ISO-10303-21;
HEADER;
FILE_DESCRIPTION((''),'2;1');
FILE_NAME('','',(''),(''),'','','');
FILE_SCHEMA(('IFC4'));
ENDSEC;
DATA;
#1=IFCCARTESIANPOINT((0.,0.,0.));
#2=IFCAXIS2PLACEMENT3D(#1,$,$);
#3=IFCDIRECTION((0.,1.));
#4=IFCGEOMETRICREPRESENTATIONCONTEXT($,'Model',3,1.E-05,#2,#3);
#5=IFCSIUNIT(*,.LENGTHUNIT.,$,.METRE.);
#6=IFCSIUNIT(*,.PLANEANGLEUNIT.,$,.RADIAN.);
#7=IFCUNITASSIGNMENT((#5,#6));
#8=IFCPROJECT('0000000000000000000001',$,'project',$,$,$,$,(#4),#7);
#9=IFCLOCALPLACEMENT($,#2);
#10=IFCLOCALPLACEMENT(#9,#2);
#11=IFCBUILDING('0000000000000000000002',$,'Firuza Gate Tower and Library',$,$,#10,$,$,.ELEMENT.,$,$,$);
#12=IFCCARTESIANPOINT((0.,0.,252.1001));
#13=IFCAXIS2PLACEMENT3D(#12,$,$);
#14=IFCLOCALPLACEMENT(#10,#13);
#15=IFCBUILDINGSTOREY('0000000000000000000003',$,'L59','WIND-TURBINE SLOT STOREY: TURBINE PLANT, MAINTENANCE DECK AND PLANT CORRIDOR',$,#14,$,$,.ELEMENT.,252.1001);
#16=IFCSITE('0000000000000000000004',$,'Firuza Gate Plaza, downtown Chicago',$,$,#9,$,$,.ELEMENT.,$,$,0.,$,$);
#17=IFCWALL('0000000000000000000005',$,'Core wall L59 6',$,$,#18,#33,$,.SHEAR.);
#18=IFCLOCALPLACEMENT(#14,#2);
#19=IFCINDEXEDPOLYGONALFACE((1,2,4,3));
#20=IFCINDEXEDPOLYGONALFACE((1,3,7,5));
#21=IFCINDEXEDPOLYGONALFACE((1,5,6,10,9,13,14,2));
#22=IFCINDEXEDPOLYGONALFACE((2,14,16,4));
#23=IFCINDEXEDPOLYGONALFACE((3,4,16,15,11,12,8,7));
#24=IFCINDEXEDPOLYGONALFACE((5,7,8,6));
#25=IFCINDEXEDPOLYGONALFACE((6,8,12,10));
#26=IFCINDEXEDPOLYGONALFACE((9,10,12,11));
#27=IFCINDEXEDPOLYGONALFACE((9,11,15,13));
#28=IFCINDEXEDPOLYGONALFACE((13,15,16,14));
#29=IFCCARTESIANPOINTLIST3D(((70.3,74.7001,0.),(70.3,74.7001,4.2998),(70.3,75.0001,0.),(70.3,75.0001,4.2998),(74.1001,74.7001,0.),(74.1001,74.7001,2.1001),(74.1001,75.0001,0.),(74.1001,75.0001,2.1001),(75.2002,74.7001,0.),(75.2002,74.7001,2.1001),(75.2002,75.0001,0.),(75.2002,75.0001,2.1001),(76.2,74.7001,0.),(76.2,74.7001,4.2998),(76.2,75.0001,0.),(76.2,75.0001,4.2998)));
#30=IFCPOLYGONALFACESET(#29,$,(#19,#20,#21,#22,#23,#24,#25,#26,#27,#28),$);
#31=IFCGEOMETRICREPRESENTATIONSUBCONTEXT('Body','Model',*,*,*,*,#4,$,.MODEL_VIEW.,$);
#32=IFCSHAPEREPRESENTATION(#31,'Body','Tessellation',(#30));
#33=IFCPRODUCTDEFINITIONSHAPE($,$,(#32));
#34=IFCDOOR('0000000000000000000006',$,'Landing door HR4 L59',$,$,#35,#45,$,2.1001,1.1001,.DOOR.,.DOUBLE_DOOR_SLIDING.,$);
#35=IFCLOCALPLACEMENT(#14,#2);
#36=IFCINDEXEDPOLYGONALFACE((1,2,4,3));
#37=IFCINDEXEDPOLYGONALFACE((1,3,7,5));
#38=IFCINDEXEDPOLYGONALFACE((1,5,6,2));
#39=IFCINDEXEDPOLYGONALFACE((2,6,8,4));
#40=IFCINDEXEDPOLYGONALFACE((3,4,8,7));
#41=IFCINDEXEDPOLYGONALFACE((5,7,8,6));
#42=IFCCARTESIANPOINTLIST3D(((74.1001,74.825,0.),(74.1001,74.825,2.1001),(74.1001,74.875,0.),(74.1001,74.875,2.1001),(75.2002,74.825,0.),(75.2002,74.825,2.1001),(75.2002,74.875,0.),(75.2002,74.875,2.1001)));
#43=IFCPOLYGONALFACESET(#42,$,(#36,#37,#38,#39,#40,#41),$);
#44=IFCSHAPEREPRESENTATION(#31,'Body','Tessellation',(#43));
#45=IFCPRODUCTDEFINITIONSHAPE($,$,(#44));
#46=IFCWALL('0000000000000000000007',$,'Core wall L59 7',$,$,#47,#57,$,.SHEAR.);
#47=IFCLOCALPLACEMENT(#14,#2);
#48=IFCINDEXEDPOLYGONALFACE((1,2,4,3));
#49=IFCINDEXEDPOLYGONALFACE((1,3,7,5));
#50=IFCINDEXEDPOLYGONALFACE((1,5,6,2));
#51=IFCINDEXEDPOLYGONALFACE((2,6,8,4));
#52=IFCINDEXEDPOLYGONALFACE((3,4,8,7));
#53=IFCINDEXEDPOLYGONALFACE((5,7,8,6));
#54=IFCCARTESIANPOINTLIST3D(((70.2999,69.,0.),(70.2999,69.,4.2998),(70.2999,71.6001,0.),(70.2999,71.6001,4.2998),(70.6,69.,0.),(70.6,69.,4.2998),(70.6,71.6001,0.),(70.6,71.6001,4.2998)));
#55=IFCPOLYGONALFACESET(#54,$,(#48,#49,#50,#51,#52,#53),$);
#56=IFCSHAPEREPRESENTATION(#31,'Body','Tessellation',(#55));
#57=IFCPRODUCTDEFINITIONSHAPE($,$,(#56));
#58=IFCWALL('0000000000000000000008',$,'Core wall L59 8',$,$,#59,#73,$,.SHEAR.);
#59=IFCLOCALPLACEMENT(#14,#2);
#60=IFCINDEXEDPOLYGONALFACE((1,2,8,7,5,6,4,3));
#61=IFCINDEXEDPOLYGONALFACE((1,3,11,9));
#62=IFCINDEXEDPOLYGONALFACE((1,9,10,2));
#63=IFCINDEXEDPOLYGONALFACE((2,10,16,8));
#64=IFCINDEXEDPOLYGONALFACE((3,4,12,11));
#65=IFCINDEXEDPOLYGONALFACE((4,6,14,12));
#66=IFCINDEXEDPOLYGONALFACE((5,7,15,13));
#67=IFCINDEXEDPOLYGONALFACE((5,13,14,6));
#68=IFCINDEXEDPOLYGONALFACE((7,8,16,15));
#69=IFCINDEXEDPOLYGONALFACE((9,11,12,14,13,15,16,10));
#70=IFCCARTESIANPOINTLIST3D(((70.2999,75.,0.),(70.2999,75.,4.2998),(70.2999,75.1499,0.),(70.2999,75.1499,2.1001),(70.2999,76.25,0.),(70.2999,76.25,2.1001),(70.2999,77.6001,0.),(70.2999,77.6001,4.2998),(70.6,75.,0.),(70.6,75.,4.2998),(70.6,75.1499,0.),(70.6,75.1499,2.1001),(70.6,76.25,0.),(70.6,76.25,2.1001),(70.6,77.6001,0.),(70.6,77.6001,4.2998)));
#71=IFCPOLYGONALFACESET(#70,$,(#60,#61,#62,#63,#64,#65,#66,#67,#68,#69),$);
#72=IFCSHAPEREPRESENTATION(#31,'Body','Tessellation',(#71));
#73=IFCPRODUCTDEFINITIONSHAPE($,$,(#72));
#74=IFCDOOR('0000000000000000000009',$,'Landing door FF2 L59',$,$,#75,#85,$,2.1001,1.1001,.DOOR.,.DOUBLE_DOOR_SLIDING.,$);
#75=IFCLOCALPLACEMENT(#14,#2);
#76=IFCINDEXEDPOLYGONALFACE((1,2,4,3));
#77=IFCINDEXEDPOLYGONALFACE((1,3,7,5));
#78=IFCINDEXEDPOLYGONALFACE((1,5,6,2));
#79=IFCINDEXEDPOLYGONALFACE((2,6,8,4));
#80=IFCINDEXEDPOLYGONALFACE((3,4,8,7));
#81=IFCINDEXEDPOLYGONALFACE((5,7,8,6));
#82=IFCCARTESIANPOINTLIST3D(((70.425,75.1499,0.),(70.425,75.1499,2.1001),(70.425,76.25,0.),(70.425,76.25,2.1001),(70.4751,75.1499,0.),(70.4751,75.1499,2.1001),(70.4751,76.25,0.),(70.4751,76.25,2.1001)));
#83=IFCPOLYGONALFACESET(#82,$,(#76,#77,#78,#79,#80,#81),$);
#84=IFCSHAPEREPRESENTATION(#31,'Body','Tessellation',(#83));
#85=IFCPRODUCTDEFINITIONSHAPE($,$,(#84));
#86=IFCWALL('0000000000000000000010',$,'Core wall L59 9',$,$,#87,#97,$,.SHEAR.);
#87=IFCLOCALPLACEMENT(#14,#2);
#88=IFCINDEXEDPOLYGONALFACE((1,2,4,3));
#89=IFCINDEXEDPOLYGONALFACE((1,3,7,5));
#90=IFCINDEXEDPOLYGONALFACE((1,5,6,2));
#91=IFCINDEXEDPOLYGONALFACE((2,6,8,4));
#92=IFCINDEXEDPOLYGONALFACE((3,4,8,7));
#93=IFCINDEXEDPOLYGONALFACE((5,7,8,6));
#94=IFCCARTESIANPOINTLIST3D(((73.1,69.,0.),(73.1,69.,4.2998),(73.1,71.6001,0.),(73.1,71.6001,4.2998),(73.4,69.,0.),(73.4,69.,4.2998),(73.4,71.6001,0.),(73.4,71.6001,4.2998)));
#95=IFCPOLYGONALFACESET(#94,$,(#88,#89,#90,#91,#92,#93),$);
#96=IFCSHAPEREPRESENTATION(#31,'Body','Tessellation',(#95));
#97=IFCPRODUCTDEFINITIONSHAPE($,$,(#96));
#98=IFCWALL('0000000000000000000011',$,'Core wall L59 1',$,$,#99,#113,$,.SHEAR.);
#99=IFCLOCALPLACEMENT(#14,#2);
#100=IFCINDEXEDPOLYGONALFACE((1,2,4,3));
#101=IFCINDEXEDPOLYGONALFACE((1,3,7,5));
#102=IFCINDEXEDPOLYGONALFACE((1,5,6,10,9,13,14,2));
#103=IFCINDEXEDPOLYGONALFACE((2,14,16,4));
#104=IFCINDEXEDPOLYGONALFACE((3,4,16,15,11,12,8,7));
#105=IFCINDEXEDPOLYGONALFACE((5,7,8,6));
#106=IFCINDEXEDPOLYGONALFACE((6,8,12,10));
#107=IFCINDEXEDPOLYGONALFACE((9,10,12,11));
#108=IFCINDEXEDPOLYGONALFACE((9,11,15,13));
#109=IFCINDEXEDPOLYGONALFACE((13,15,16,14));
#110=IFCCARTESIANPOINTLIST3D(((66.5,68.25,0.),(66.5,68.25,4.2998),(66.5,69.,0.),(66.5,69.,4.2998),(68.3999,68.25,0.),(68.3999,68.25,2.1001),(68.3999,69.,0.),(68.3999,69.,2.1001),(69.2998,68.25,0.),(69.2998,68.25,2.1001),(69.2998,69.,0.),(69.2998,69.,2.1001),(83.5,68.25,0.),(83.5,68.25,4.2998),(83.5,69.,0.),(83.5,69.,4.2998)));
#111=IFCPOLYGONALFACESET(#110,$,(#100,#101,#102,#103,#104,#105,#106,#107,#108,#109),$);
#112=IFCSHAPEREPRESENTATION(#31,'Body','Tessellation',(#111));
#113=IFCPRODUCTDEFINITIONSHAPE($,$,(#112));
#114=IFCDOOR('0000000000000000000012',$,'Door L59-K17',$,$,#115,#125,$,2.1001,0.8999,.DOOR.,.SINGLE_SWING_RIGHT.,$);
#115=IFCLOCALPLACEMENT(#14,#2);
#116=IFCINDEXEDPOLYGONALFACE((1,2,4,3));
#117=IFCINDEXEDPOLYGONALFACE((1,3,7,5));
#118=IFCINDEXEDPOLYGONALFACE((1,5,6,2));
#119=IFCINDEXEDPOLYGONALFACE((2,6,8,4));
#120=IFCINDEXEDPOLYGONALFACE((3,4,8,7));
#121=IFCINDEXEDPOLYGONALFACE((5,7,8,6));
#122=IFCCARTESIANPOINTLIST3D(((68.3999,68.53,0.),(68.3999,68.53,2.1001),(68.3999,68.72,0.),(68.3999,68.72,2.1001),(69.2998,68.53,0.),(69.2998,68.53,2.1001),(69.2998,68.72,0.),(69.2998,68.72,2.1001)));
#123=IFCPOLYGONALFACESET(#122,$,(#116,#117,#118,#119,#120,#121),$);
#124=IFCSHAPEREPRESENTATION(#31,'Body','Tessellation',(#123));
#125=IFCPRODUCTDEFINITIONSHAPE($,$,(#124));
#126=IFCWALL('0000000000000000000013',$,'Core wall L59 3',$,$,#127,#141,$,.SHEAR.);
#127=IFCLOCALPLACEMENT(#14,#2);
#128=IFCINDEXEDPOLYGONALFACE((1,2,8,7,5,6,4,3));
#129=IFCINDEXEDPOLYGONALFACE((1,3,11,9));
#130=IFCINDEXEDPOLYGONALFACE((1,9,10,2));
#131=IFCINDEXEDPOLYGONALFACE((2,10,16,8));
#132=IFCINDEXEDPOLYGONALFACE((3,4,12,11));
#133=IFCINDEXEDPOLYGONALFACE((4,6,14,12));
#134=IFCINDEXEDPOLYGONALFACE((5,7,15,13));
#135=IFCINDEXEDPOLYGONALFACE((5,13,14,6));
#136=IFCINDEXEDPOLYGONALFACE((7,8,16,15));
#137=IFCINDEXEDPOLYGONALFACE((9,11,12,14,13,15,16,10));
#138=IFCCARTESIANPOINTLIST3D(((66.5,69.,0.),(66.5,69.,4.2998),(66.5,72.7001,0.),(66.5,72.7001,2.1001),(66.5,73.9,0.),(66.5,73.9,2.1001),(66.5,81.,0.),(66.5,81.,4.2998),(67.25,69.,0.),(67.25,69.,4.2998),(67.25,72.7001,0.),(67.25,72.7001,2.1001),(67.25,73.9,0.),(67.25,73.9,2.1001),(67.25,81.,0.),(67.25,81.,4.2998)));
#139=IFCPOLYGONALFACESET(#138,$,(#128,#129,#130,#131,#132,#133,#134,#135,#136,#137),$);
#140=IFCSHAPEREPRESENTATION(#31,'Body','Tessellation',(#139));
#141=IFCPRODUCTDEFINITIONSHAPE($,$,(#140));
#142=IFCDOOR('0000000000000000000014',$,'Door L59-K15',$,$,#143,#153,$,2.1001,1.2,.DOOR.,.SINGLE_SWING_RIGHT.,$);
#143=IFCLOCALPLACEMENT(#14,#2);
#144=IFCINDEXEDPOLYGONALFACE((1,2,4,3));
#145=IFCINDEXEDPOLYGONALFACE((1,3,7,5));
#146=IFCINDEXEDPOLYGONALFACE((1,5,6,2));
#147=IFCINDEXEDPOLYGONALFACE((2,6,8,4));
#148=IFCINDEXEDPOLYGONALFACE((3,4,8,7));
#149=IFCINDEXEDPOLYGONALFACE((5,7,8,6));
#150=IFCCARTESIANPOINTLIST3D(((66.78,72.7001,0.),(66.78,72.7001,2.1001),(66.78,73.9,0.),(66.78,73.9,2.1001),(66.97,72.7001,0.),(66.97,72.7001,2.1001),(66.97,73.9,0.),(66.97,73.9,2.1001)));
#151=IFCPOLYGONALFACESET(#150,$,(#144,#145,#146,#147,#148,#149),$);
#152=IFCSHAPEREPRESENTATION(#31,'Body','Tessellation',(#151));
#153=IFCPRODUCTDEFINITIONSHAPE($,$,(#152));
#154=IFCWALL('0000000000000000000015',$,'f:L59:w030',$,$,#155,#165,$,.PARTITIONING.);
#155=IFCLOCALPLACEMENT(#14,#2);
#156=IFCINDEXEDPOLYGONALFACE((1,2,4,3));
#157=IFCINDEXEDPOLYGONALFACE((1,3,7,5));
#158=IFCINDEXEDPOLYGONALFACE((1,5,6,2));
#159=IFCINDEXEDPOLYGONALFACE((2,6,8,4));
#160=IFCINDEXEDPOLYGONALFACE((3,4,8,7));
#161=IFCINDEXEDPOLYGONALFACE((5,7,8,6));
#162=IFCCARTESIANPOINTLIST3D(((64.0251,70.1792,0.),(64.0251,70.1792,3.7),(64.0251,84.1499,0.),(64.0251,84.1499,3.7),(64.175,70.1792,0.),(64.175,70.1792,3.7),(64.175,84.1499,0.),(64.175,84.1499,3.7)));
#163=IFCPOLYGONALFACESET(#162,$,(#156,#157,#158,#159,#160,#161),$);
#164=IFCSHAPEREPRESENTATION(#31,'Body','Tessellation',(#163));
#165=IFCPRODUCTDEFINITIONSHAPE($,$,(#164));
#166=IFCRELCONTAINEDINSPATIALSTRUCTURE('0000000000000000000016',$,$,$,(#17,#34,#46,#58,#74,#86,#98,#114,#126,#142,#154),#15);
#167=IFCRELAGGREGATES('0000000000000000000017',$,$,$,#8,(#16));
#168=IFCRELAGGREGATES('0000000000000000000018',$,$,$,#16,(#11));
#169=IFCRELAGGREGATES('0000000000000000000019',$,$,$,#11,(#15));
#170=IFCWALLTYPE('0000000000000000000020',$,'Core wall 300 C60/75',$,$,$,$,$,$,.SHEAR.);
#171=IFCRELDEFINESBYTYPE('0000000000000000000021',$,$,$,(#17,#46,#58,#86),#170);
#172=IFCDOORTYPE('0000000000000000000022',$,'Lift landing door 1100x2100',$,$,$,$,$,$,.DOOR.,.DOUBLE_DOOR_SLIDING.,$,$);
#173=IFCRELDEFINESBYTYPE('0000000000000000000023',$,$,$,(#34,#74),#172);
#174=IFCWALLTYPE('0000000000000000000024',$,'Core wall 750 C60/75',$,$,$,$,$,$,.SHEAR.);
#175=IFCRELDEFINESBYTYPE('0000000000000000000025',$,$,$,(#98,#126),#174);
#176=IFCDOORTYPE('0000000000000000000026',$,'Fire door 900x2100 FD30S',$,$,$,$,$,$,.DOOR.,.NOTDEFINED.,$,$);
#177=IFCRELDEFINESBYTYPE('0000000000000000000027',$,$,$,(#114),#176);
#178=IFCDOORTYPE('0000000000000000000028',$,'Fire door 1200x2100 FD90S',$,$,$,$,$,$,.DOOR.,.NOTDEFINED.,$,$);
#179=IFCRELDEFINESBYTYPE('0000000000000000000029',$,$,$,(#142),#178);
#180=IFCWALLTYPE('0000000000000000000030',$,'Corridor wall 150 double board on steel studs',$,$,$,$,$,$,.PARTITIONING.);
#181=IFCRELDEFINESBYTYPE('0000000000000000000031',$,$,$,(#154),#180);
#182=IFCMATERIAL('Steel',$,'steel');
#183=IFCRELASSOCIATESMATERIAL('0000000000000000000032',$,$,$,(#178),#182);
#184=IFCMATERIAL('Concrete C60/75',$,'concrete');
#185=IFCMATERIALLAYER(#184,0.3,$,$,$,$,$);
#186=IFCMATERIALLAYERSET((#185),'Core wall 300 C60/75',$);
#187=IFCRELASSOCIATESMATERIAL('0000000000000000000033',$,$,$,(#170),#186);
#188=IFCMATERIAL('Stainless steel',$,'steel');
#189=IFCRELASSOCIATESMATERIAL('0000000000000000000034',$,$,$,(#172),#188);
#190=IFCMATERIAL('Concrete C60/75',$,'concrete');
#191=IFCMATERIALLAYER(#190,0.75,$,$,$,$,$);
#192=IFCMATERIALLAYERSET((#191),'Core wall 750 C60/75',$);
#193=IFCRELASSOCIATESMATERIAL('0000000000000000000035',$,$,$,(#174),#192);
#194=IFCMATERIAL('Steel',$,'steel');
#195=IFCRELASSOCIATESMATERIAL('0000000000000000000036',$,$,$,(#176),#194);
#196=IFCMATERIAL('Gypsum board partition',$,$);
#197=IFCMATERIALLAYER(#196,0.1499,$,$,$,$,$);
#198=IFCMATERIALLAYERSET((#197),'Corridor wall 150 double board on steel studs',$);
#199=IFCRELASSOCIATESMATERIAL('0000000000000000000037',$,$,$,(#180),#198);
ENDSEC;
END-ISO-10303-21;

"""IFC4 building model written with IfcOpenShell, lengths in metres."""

from ifc_helpers import new_model, si_unit, direction, frame, frame_2d, origin, place, context, subcontext, project, spatial, rectangle, extrude, material, layer, layer_set, type_object, element, fill, save


model = new_model("IFC4")

# Units and contexts
model_context = context("Model", 3, precision=1e-05, world=origin(), true_north=direction((0.0, 1.0)))
body_context = subcontext(model_context, "Body", "Model", "MODEL_VIEW")
ifc_project = project(units=[si_unit("LENGTHUNIT", "METRE"), si_unit("PLANEANGLEUNIT", "RADIAN")], contexts=[model_context])

# Site, building, storey
site_placement = place(None, origin())
site = spatial("IfcSite", under=ifc_project, at=site_placement, Name="Firuza Gate Plaza, downtown Chicago", CompositionType="ELEMENT", RefElevation=0.0)
building_placement = place(site_placement, origin())
building = spatial("IfcBuilding", under=site, at=building_placement, Name="Firuza Gate Tower and Library", CompositionType="ELEMENT")
storey_placement = place(building_placement, frame((0.0, 0.0, 252.1001)))
storey = spatial("IfcBuildingStorey", under=building, at=storey_placement, Name="L59", Description="WIND-TURBINE SLOT STOREY: TURBINE PLANT, MAINTENANCE DECK AND PLANT CORRIDOR", CompositionType="ELEMENT", Elevation=252.1001)

# Shared definitions
ifc_material_1 = material(Name="Steel", Category="steel")
door_type_1 = type_object("IfcDoorType", Name="Fire door 1200x2100 FD90S", OperationType="NOTDEFINED", PredefinedType="DOOR", material=ifc_material_1)

# Shared definitions
ifc_material_2 = material(Name="Concrete C60/75", Category="concrete")
ifc_layer_1 = layer(ifc_material_2, 0.3)
ifc_layer_set_1 = layer_set([ifc_layer_1], Name="Core wall 300 C60/75")
wall_type_1 = type_object("IfcWallType", Name="Core wall 300 C60/75", PredefinedType="SHEAR", material=ifc_layer_set_1)
ifc_material_3 = material(Name="Stainless steel", Category="steel")
door_type_2 = type_object("IfcDoorType", Name="Lift landing door 1100x2100", OperationType="DOUBLE_DOOR_SLIDING", PredefinedType="DOOR", material=ifc_material_3)

# Wall, opening, door
wall_1_placement = place(storey_placement, frame((70.3, 74.8501, 0.0), z_axis=(0.0, 0.0, 1.0), x_axis=(1.0, 0.0, 0.0)))
wall_1 = element("IfcWall", 1, at=wall_1_placement, inside=storey, type_object=wall_type_1, Name="Core wall L59 6", PredefinedType="SHEAR", context=body_context, shape_type="SweptSolid", body=[
    extrude(rectangle(XDim=5.8999, YDim=0.3, at=frame_2d((2.95, 0.0))), origin(), (0.0, 0.0, 1.0), 4.2998),
])
opening_1_placement = place(wall_1_placement, frame((3.8, 0.0, 0.0)))
opening_1 = element("IfcOpeningElement", 2, at=opening_1_placement, cuts=wall_1, PredefinedType="OPENING", context=body_context, shape_type="SweptSolid", body=[
    extrude(rectangle(XDim=1.1001, YDim=2.1001, at=frame_2d((0.55, 1.05))), frame((0.0, 0.1602, 0.0), z_axis=(0.0, -1.0, 0.0), x_axis=(1.0, 0.0, 0.0)), (0.0, 0.0, 1.0), 0.3201),
])
door_1_placement = place(opening_1_placement, origin())
door_1 = element("IfcDoor", 3, at=door_1_placement, inside=storey, type_object=door_type_2, Name="Landing door HR4 L59", OperationType="DOUBLE_DOOR_SLIDING", OverallHeight=2.1001, OverallWidth=1.1001, PredefinedType="DOOR", context=body_context, shape_type="SweptSolid", body=[
    extrude(rectangle(XDim=1.1001, YDim=2.1001, at=frame_2d((0.55, 1.05))), frame((0.0, 0.0249, 0.0), z_axis=(0.0, -1.0, 0.0), x_axis=(1.0, 0.0, 0.0)), (0.0, 0.0, 1.0), 0.05),
])
fill(opening_1, door_1)

# Wall
wall_2_placement = place(storey_placement, frame((70.45, 69.0, 0.0), z_axis=(0.0, 0.0, 1.0), x_axis=(0.0, 1.0, 0.0)))
element("IfcWall", 4, at=wall_2_placement, inside=storey, type_object=wall_type_1, Name="Core wall L59 7", PredefinedType="SHEAR", context=body_context, shape_type="SweptSolid", body=[
    extrude(rectangle(XDim=2.6001, YDim=0.3, at=frame_2d((1.3, 0.0))), origin(), (0.0, 0.0, 1.0), 4.2998),
])

# Wall, opening, door
wall_3_placement = place(storey_placement, frame((70.45, 75.0, 0.0), z_axis=(0.0, 0.0, 1.0), x_axis=(0.0, 1.0, 0.0)))
wall_3 = element("IfcWall", 5, at=wall_3_placement, inside=storey, type_object=wall_type_1, Name="Core wall L59 8", PredefinedType="SHEAR", context=body_context, shape_type="SweptSolid", body=[
    extrude(rectangle(XDim=2.6001, YDim=0.3, at=frame_2d((1.3, 0.0))), origin(), (0.0, 0.0, 1.0), 4.2998),
])
opening_2_placement = place(wall_3_placement, frame((0.1499, 0.0, 0.0)))
opening_2 = element("IfcOpeningElement", 6, at=opening_2_placement, cuts=wall_3, PredefinedType="OPENING", context=body_context, shape_type="SweptSolid", body=[
    extrude(rectangle(XDim=1.1001, YDim=2.1001, at=frame_2d((0.55, 1.05))), frame((0.0, 0.1602, 0.0), z_axis=(0.0, -1.0, 0.0), x_axis=(1.0, 0.0, 0.0)), (0.0, 0.0, 1.0), 0.3201),
])
door_2_placement = place(opening_2_placement, origin())
door_2 = element("IfcDoor", 7, at=door_2_placement, inside=storey, type_object=door_type_2, Name="Landing door FF2 L59", OperationType="DOUBLE_DOOR_SLIDING", OverallHeight=2.1001, OverallWidth=1.1001, PredefinedType="DOOR", context=body_context, shape_type="SweptSolid", body=[
    extrude(rectangle(XDim=1.1001, YDim=2.1001, at=frame_2d((0.55, 1.05))), frame((0.0, 0.0249, 0.0), z_axis=(0.0, -1.0, 0.0), x_axis=(1.0, 0.0, 0.0)), (0.0, 0.0, 1.0), 0.05),
])
fill(opening_2, door_2)

# Wall
wall_4_placement = place(storey_placement, frame((73.25, 69.0, 0.0), z_axis=(0.0, 0.0, 1.0), x_axis=(0.0, 1.0, 0.0)))
element("IfcWall", 8, at=wall_4_placement, inside=storey, type_object=wall_type_1, Name="Core wall L59 9", PredefinedType="SHEAR", context=body_context, shape_type="SweptSolid", body=[
    extrude(rectangle(XDim=2.6001, YDim=0.3, at=frame_2d((1.3, 0.0))), origin(), (0.0, 0.0, 1.0), 4.2998),
])

# Walls, openings, doors
ifc_material_4 = material(Name="Concrete C60/75", Category="concrete")
ifc_layer_2 = layer(ifc_material_4, 0.75)
ifc_layer_set_2 = layer_set([ifc_layer_2], Name="Core wall 750 C60/75")
wall_type_2 = type_object("IfcWallType", Name="Core wall 750 C60/75", PredefinedType="SHEAR", material=ifc_layer_set_2)
wall_5_placement = place(storey_placement, frame((66.5, 68.625, 0.0), z_axis=(0.0, 0.0, 1.0), x_axis=(1.0, 0.0, 0.0)))
wall_5 = element("IfcWall", 9, at=wall_5_placement, inside=storey, type_object=wall_type_2, Name="Core wall L59 1", PredefinedType="SHEAR", context=body_context, shape_type="SweptSolid", body=[
    extrude(rectangle(XDim=17.0, YDim=0.75, at=frame_2d((8.5, 0.0))), origin(), (0.0, 0.0, 1.0), 4.2998),
])
opening_3_placement = place(wall_5_placement, frame((1.8999, 0.0, 0.0)))
opening_3 = element("IfcOpeningElement", 10, at=opening_3_placement, cuts=wall_5, PredefinedType="OPENING", context=body_context, shape_type="SweptSolid", body=[
    extrude(rectangle(XDim=0.8999, YDim=2.1001, at=frame_2d((0.45, 1.05))), frame((0.0, 0.385, 0.0), z_axis=(0.0, -1.0, 0.0), x_axis=(1.0, 0.0, 0.0)), (0.0, 0.0, 1.0), 0.77),
])
ifc_material_5 = material(Name="Steel", Category="steel")
door_type_3 = type_object("IfcDoorType", Name="Fire door 900x2100 FD30S", OperationType="NOTDEFINED", PredefinedType="DOOR", material=ifc_material_5)
door_3_placement = place(opening_3_placement, origin())
door_3 = element("IfcDoor", 11, at=door_3_placement, inside=storey, type_object=door_type_3, Name="Door L59-K17", OperationType="SINGLE_SWING_RIGHT", OverallHeight=2.1001, OverallWidth=0.8999, PredefinedType="DOOR", context=body_context, shape_type="SweptSolid", body=[
    extrude(rectangle(XDim=0.8999, YDim=2.1001, at=frame_2d((0.45, 1.05))), frame((0.0, 0.095, 0.0), z_axis=(0.0, -1.0, 0.0), x_axis=(1.0, 0.0, 0.0)), (0.0, 0.0, 1.0), 0.1899),
])
fill(opening_3, door_3)
wall_6_placement = place(storey_placement, frame((66.875, 69.0, 0.0), z_axis=(0.0, 0.0, 1.0), x_axis=(0.0, 1.0, 0.0)))
wall_6 = element("IfcWall", 12, at=wall_6_placement, inside=storey, type_object=wall_type_2, Name="Core wall L59 3", PredefinedType="SHEAR", context=body_context, shape_type="SweptSolid", body=[
    extrude(rectangle(XDim=12.0, YDim=0.75, at=frame_2d((6.0, 0.0))), origin(), (0.0, 0.0, 1.0), 4.2998),
])
opening_4_placement = place(wall_6_placement, frame((3.7, 0.0, 0.0)))
opening_4 = element("IfcOpeningElement", 13, at=opening_4_placement, cuts=wall_6, PredefinedType="OPENING", context=body_context, shape_type="SweptSolid", body=[
    extrude(rectangle(XDim=1.2, YDim=2.1001, at=frame_2d((0.6001, 1.05))), frame((0.0, 0.385, 0.0), z_axis=(0.0, -1.0, 0.0), x_axis=(1.0, 0.0, 0.0)), (0.0, 0.0, 1.0), 0.77),
])
door_4_placement = place(opening_4_placement, origin())
door_4 = element("IfcDoor", 14, at=door_4_placement, inside=storey, type_object=door_type_1, Name="Door L59-K15", OperationType="SINGLE_SWING_RIGHT", OverallHeight=2.1001, OverallWidth=1.2, PredefinedType="DOOR", context=body_context, shape_type="SweptSolid", body=[
    extrude(rectangle(XDim=1.2, YDim=2.1001, at=frame_2d((0.6001, 1.05))), frame((0.0, 0.095, 0.0), z_axis=(0.0, -1.0, 0.0), x_axis=(1.0, 0.0, 0.0)), (0.0, 0.0, 1.0), 0.1899),
])
fill(opening_4, door_4)

# Wall
ifc_material_6 = material(Name="Gypsum board partition")
ifc_layer_3 = layer(ifc_material_6, 0.1499)
ifc_layer_set_3 = layer_set([ifc_layer_3], Name="Corridor wall 150 double board on steel studs")
wall_type_3 = type_object("IfcWallType", Name="Corridor wall 150 double board on steel studs", PredefinedType="PARTITIONING", material=ifc_layer_set_3)
wall_7_placement = place(storey_placement, frame((64.1001, 70.1792, 0.0), z_axis=(0.0, 0.0, 1.0), x_axis=(0.0, 1.0, 0.0)))
element("IfcWall", 15, at=wall_7_placement, inside=storey, type_object=wall_type_3, Name="f:L59:w030", PredefinedType="PARTITIONING", context=body_context, shape_type="SweptSolid", body=[
    extrude(rectangle(XDim=13.9707, YDim=0.1499, at=frame_2d((6.9854, 0.0))), origin(), (0.0, 0.0, 1.0), 3.7),
])

save(model, "model.ifc")
